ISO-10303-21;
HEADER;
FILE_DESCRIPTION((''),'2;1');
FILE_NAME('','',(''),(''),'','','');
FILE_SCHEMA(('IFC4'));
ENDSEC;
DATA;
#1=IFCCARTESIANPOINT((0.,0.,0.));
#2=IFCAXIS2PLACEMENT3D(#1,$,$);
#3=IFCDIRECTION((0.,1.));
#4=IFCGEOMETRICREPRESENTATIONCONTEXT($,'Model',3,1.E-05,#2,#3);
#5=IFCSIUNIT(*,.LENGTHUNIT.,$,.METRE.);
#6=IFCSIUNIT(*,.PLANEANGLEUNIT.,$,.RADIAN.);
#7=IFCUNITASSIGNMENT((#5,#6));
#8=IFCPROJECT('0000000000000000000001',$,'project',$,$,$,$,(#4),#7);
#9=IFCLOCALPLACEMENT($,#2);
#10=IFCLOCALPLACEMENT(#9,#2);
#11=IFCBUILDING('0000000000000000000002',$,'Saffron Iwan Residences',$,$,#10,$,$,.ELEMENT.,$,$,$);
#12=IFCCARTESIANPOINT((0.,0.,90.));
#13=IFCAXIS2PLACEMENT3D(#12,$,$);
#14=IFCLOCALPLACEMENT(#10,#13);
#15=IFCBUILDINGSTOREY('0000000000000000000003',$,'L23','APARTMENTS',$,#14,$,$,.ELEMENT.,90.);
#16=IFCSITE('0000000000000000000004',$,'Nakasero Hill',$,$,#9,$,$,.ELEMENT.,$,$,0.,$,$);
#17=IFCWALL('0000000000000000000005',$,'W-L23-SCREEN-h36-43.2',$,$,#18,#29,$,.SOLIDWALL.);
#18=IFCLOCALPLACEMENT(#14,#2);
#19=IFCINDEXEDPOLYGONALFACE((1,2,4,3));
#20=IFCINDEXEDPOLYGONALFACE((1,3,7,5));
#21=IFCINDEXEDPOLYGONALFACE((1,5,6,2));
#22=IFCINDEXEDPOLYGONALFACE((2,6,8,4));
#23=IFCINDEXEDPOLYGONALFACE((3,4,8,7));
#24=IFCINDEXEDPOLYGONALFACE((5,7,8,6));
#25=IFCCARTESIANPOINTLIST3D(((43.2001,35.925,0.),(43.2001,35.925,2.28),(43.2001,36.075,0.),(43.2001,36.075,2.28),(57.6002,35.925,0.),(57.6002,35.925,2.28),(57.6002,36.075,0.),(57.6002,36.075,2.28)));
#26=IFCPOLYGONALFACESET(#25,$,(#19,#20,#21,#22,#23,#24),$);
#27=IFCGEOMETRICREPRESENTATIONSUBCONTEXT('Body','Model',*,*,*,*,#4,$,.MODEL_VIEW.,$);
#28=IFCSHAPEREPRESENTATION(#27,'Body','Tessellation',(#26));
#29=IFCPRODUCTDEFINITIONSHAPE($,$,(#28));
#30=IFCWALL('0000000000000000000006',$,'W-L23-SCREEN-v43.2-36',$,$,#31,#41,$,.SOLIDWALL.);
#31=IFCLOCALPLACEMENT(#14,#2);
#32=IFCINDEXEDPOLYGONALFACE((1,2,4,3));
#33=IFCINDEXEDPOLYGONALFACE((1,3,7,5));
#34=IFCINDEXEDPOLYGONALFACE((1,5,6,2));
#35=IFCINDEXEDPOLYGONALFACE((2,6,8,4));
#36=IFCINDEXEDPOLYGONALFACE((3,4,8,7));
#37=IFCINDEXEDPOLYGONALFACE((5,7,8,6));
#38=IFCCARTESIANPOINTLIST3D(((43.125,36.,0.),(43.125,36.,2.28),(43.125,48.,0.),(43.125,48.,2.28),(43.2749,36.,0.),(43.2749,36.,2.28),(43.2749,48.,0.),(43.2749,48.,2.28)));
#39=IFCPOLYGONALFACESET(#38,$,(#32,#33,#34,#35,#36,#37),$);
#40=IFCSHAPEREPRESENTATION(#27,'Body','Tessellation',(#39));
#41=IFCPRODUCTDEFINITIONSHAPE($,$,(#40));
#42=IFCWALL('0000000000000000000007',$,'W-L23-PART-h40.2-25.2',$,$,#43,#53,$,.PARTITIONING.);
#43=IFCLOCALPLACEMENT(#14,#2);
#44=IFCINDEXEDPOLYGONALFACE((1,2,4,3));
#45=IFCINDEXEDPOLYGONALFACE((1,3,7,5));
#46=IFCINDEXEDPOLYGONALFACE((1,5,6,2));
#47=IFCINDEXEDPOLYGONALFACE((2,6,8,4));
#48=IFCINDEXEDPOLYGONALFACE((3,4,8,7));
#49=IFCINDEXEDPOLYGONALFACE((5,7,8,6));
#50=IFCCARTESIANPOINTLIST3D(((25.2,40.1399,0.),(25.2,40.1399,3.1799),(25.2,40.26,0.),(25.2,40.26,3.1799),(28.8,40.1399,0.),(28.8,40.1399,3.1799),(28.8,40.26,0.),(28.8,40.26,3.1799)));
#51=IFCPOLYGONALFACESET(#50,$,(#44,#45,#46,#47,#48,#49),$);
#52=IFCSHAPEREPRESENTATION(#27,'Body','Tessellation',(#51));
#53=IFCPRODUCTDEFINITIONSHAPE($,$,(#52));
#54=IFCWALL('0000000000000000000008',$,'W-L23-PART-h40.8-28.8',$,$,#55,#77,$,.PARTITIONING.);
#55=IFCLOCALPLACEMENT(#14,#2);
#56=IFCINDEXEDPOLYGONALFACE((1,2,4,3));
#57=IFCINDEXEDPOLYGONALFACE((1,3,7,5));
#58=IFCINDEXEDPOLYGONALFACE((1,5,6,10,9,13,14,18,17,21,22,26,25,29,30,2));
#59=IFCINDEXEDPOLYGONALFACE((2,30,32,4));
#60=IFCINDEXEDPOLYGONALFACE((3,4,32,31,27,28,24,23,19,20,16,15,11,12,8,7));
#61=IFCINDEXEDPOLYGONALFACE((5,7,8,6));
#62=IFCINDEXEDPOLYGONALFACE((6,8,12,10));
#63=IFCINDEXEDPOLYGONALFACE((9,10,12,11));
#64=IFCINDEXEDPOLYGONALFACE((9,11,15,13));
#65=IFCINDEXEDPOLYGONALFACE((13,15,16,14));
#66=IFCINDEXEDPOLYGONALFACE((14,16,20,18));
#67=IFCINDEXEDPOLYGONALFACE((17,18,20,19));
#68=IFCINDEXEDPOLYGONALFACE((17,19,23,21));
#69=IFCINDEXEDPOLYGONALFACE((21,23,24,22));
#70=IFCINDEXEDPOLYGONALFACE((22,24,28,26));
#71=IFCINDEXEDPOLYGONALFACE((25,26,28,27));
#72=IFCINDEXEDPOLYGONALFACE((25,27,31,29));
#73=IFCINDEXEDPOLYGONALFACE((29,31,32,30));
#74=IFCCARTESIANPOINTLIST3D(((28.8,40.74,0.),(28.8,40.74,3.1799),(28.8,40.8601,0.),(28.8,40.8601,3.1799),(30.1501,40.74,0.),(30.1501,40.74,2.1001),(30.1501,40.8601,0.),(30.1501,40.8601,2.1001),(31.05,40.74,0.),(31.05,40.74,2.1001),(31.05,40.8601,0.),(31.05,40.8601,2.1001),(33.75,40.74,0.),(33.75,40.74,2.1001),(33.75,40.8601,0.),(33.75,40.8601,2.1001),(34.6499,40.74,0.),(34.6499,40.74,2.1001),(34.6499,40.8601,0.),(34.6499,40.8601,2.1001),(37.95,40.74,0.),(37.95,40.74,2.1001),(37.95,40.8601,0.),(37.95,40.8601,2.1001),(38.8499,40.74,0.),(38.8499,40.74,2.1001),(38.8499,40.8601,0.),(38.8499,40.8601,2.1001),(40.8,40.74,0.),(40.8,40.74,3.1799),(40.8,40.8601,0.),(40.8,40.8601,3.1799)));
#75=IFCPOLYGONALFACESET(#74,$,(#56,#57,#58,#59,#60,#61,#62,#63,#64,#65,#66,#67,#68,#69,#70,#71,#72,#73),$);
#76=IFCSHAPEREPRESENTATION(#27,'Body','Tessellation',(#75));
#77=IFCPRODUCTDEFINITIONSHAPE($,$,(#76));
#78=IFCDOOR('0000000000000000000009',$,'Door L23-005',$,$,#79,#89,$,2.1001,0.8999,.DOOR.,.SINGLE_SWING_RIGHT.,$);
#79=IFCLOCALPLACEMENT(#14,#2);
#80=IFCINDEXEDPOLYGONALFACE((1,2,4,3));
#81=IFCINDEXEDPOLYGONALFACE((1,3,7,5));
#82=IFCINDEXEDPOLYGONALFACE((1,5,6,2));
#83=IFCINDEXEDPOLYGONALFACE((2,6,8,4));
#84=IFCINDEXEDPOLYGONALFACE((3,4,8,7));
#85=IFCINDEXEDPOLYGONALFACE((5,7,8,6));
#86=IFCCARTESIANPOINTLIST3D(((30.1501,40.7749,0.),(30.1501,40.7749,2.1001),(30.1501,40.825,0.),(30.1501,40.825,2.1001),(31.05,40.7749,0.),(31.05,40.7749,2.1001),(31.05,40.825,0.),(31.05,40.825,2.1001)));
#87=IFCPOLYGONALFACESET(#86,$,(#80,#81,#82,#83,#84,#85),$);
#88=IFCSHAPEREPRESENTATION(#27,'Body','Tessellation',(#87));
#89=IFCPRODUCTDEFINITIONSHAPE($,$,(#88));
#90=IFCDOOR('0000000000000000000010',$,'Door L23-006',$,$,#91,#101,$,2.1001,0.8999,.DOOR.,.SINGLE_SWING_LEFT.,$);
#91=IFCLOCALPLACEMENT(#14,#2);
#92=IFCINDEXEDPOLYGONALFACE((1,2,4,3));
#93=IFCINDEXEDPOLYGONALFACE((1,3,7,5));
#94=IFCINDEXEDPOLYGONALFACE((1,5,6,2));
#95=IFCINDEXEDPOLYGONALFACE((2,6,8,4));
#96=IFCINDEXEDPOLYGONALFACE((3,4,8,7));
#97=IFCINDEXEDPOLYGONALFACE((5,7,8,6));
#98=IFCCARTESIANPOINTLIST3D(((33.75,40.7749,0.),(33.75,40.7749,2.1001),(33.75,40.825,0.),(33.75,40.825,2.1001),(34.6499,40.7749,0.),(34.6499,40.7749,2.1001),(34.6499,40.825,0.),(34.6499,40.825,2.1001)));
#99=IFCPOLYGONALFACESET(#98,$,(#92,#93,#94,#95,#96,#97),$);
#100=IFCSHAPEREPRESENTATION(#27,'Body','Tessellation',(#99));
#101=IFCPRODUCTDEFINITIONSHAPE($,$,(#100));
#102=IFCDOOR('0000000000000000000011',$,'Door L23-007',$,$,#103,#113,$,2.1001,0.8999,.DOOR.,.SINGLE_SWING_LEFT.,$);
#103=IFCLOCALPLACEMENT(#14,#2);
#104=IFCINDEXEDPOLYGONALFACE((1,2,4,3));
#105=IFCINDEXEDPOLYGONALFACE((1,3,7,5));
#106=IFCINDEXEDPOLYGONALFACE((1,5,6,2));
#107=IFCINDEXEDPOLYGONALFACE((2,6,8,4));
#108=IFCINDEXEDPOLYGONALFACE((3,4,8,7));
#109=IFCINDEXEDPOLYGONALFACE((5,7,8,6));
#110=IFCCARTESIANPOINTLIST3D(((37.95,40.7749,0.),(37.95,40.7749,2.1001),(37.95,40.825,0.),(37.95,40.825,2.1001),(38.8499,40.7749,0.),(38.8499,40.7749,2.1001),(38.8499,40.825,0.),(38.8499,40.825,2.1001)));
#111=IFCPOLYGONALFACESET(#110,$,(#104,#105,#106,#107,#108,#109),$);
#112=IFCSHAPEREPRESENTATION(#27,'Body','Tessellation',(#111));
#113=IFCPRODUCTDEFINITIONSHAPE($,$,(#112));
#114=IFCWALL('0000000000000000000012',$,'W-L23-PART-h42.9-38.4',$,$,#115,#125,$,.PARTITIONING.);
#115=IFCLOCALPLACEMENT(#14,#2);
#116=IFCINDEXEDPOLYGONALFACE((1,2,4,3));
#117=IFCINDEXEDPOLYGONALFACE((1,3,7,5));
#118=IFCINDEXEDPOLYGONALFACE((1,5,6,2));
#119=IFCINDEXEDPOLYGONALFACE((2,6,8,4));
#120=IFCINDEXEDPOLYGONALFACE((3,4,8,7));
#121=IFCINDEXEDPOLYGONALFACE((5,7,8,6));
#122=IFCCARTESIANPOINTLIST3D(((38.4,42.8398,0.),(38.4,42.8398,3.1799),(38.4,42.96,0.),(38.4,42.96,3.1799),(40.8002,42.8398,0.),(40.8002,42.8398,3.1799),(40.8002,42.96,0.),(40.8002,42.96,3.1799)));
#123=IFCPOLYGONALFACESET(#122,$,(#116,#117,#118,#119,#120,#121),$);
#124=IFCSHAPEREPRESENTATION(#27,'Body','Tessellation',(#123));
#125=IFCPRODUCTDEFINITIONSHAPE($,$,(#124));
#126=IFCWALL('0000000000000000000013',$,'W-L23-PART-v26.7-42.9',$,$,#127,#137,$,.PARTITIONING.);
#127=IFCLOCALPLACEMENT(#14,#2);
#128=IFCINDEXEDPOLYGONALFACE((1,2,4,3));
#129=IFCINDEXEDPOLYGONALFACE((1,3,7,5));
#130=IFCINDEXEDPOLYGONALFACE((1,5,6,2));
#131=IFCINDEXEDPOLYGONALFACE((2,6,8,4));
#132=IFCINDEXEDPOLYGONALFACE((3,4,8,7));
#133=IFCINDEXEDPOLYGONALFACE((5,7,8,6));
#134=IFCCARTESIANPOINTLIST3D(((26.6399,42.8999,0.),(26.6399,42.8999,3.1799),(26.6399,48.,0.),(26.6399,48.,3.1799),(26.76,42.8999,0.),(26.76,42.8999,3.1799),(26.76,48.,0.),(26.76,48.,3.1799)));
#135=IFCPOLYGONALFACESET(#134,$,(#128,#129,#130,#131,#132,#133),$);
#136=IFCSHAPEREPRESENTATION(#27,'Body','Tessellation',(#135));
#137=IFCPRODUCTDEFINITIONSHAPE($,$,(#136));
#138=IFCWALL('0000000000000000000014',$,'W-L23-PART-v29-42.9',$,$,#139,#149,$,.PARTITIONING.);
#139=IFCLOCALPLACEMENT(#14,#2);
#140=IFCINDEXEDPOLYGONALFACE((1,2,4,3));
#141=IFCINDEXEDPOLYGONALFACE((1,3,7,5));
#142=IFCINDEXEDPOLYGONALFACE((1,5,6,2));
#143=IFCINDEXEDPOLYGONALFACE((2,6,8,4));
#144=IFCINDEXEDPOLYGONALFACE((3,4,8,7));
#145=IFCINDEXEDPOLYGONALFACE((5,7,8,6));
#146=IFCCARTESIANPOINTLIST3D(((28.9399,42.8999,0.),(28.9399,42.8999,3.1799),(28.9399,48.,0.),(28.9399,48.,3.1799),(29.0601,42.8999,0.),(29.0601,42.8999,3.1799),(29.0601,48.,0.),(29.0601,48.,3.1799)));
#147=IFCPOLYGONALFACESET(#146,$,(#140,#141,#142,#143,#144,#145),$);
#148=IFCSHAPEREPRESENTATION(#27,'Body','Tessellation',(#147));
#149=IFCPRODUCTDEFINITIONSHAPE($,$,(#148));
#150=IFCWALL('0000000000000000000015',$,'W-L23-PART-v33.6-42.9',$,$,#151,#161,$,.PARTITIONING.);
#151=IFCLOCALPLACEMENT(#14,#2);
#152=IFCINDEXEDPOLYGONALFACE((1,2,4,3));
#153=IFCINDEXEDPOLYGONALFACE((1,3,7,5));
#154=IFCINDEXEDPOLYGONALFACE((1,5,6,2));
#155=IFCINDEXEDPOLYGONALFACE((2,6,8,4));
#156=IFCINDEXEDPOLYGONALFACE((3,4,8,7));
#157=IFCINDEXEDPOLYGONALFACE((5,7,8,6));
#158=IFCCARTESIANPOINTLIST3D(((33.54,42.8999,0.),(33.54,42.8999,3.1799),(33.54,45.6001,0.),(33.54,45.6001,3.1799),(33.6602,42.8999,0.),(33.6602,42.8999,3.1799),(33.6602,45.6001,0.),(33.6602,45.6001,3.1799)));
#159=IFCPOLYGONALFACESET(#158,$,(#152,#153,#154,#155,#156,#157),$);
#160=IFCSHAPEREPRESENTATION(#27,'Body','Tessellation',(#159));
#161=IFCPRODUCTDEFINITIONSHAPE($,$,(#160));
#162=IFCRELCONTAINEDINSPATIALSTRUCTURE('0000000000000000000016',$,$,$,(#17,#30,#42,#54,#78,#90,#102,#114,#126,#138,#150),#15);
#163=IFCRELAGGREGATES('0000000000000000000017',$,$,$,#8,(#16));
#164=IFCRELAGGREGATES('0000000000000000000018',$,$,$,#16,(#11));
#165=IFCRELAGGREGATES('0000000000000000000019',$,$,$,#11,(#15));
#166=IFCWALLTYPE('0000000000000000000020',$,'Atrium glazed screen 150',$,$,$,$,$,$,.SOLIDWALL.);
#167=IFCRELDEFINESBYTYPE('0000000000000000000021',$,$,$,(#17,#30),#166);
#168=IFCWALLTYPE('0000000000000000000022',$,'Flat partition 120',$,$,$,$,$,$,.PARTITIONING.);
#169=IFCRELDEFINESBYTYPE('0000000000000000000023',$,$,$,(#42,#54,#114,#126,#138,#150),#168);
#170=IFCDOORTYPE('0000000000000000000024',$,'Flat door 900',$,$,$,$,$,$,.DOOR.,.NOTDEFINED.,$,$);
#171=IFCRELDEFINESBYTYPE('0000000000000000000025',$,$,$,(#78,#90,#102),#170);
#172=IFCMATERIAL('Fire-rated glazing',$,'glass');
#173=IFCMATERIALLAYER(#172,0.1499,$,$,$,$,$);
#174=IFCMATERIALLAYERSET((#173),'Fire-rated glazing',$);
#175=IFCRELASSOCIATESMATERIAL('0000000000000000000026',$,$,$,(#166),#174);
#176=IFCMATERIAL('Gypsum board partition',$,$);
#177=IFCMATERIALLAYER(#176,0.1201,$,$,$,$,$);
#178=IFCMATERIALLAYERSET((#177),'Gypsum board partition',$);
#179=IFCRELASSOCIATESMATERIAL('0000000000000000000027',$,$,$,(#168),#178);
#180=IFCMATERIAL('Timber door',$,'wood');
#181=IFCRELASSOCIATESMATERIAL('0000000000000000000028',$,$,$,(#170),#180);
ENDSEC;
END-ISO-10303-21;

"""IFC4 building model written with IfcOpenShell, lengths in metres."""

from ifc_helpers import new_model, si_unit, direction, frame, frame_2d, origin, place, context, subcontext, project, spatial, rectangle, extrude, material, layer, layer_set, type_object, element, fill, save


model = new_model("IFC4")

# Units and contexts
model_context = context("Model", 3, precision=1e-05, world=origin(), true_north=direction((0.0, 1.0)))
body_context = subcontext(model_context, "Body", "Model", "MODEL_VIEW")
ifc_project = project(units=[si_unit("LENGTHUNIT", "METRE"), si_unit("PLANEANGLEUNIT", "RADIAN")], contexts=[model_context])

# Site, building, storey
site_placement = place(None, origin())
site = spatial("IfcSite", under=ifc_project, at=site_placement, Name="Nakasero Hill", CompositionType="ELEMENT", RefElevation=0.0)
building_placement = place(site_placement, origin())
building = spatial("IfcBuilding", under=site, at=building_placement, Name="Saffron Iwan Residences", CompositionType="ELEMENT")
storey_placement = place(building_placement, frame((0.0, 0.0, 90.0)))
storey = spatial("IfcBuildingStorey", under=building, at=storey_placement, Name="L23", Description="APARTMENTS", CompositionType="ELEMENT", Elevation=90.0)

# Walls
ifc_material_1 = material(Name="Fire-rated glazing", Category="glass")
ifc_layer_1 = layer(ifc_material_1, 0.1499)
ifc_layer_set_1 = layer_set([ifc_layer_1], Name="Fire-rated glazing")
wall_type_1 = type_object("IfcWallType", Name="Atrium glazed screen 150", PredefinedType="SOLIDWALL", material=ifc_layer_set_1)
wall_1_placement = place(storey_placement, frame((43.2, 36.0, 0.0), z_axis=(0.0, 0.0, 1.0), x_axis=(1.0, 0.0, 0.0)))
element("IfcWall", 1, at=wall_1_placement, inside=storey, type_object=wall_type_1, Name="W-L23-SCREEN-h36-43.2", PredefinedType="SOLIDWALL", context=body_context, shape_type="SweptSolid", body=[
    extrude(rectangle(XDim=14.4001, YDim=0.1499, at=frame_2d((7.2002, 0.0))), origin(), (0.0, 0.0, 1.0), 2.28),
])
wall_2_placement = place(storey_placement, frame((43.2, 36.0, 0.0), z_axis=(0.0, 0.0, 1.0), x_axis=(0.0, 1.0, 0.0)))
element("IfcWall", 2, at=wall_2_placement, inside=storey, type_object=wall_type_1, Name="W-L23-SCREEN-v43.2-36", PredefinedType="SOLIDWALL", context=body_context, shape_type="SweptSolid", body=[
    extrude(rectangle(XDim=12.0, YDim=0.1499, at=frame_2d((6.0, 0.0))), origin(), (0.0, 0.0, 1.0), 2.28),
])
ifc_material_2 = material(Name="Gypsum board partition")
ifc_layer_2 = layer(ifc_material_2, 0.1201)
ifc_layer_set_2 = layer_set([ifc_layer_2], Name="Gypsum board partition")
wall_type_2 = type_object("IfcWallType", Name="Flat partition 120", PredefinedType="PARTITIONING", material=ifc_layer_set_2)
wall_3_placement = place(storey_placement, frame((25.2, 40.2, 0.0), z_axis=(0.0, 0.0, 1.0), x_axis=(1.0, 0.0, 0.0)))
element("IfcWall", 3, at=wall_3_placement, inside=storey, type_object=wall_type_2, Name="W-L23-PART-h40.2-25.2", PredefinedType="PARTITIONING", context=body_context, shape_type="SweptSolid", body=[
    extrude(rectangle(XDim=3.6001, YDim=0.1201, at=frame_2d((1.8, 0.0))), origin(), (0.0, 0.0, 1.0), 3.1799),
])

# Wall, openings, doors
wall_4_placement = place(storey_placement, frame((28.8, 40.8, 0.0), z_axis=(0.0, 0.0, 1.0), x_axis=(1.0, 0.0, 0.0)))
wall_4 = element("IfcWall", 4, at=wall_4_placement, inside=storey, type_object=wall_type_2, Name="W-L23-PART-h40.8-28.8", PredefinedType="PARTITIONING", context=body_context, shape_type="SweptSolid", body=[
    extrude(rectangle(XDim=12.0, YDim=0.1201, at=frame_2d((6.0, 0.0))), origin(), (0.0, 0.0, 1.0), 3.1799),
])
opening_1_placement = place(wall_4_placement, frame((1.3501, 0.0, 0.0)))
opening_1 = element("IfcOpeningElement", 5, at=opening_1_placement, cuts=wall_4, PredefinedType="OPENING", context=body_context, shape_type="SweptSolid", body=[
    extrude(rectangle(XDim=0.8999, YDim=2.1001, at=frame_2d((0.45, 1.05))), frame((0.0, 0.0701, 0.0), z_axis=(0.0, -1.0, 0.0), x_axis=(1.0, 0.0, 0.0)), (0.0, 0.0, 1.0), 0.1401),
])
opening_2_placement = place(wall_4_placement, frame((4.95, 0.0, 0.0)))
opening_2 = element("IfcOpeningElement", 6, at=opening_2_placement, cuts=wall_4, PredefinedType="OPENING", context=body_context, shape_type="SweptSolid", body=[
    extrude(rectangle(XDim=0.8999, YDim=2.1001, at=frame_2d((0.45, 1.05))), frame((0.0, 0.0701, 0.0), z_axis=(0.0, -1.0, 0.0), x_axis=(1.0, 0.0, 0.0)), (0.0, 0.0, 1.0), 0.1401),
])
opening_3_placement = place(wall_4_placement, frame((9.1499, 0.0, 0.0)))
opening_3 = element("IfcOpeningElement", 7, at=opening_3_placement, cuts=wall_4, PredefinedType="OPENING", context=body_context, shape_type="SweptSolid", body=[
    extrude(rectangle(XDim=0.8999, YDim=2.1001, at=frame_2d((0.45, 1.05))), frame((0.0, 0.0701, 0.0), z_axis=(0.0, -1.0, 0.0), x_axis=(1.0, 0.0, 0.0)), (0.0, 0.0, 1.0), 0.1401),
])
ifc_material_3 = material(Name="Timber door", Category="wood")
door_type_1 = type_object("IfcDoorType", Name="Flat door 900", OperationType="NOTDEFINED", PredefinedType="DOOR", material=ifc_material_3)
door_1_placement = place(opening_1_placement, origin())
door_1 = element("IfcDoor", 8, at=door_1_placement, inside=storey, type_object=door_type_1, Name="Door L23-005", OperationType="SINGLE_SWING_RIGHT", OverallHeight=2.1001, OverallWidth=0.8999, PredefinedType="DOOR", context=body_context, shape_type="SweptSolid", body=[
    extrude(rectangle(XDim=0.8999, YDim=2.1001, at=frame_2d((0.45, 1.05))), frame((0.0, 0.0249, 0.0), z_axis=(0.0, -1.0, 0.0), x_axis=(1.0, 0.0, 0.0)), (0.0, 0.0, 1.0), 0.05),
])
fill(opening_1, door_1)
door_2_placement = place(opening_2_placement, origin())
door_2 = element("IfcDoor", 9, at=door_2_placement, inside=storey, type_object=door_type_1, Name="Door L23-006", OperationType="SINGLE_SWING_LEFT", OverallHeight=2.1001, OverallWidth=0.8999, PredefinedType="DOOR", context=body_context, shape_type="SweptSolid", body=[
    extrude(rectangle(XDim=0.8999, YDim=2.1001, at=frame_2d((0.45, 1.05))), frame((0.0, 0.0249, 0.0), z_axis=(0.0, -1.0, 0.0), x_axis=(1.0, 0.0, 0.0)), (0.0, 0.0, 1.0), 0.05),
])
fill(opening_2, door_2)
door_3_placement = place(opening_3_placement, origin())
door_3 = element("IfcDoor", 10, at=door_3_placement, inside=storey, type_object=door_type_1, Name="Door L23-007", OperationType="SINGLE_SWING_LEFT", OverallHeight=2.1001, OverallWidth=0.8999, PredefinedType="DOOR", context=body_context, shape_type="SweptSolid", body=[
    extrude(rectangle(XDim=0.8999, YDim=2.1001, at=frame_2d((0.45, 1.05))), frame((0.0, 0.0249, 0.0), z_axis=(0.0, -1.0, 0.0), x_axis=(1.0, 0.0, 0.0)), (0.0, 0.0, 1.0), 0.05),
])
fill(opening_3, door_3)

# Walls
wall_5_placement = place(storey_placement, frame((38.3999, 42.8999, 0.0), z_axis=(0.0, 0.0, 1.0), x_axis=(1.0, 0.0, 0.0)))
element("IfcWall", 11, at=wall_5_placement, inside=storey, type_object=wall_type_2, Name="W-L23-PART-h42.9-38.4", PredefinedType="PARTITIONING", context=body_context, shape_type="SweptSolid", body=[
    extrude(rectangle(XDim=2.4001, YDim=0.1201, at=frame_2d((1.2002, 0.0))), origin(), (0.0, 0.0, 1.0), 3.1799),
])
for number, where, z_axis, x_axis, name in (
    (12, (26.7, 42.8999, 0.0), (0.0, 0.0, 1.0), (0.0, 1.0, 0.0), "W-L23-PART-v26.7-42.9"),
    (13, (29.0, 42.8999, 0.0), (0.0, 0.0, 1.0), (0.0, 1.0, 0.0), "W-L23-PART-v29-42.9"),
):
    element("IfcWall", number, at=place(storey_placement, frame(where, z_axis=z_axis, x_axis=x_axis)), inside=storey, type_object=wall_type_2, Name=name, PredefinedType="PARTITIONING", context=body_context, shape_type="SweptSolid", body=[
        extrude(rectangle(XDim=5.1001, YDim=0.1201, at=frame_2d((2.55, 0.0))), origin(), (0.0, 0.0, 1.0), 3.1799),
    ])
wall_6_placement = place(storey_placement, frame((33.6001, 42.8999, 0.0), z_axis=(0.0, 0.0, 1.0), x_axis=(0.0, 1.0, 0.0)))
element("IfcWall", 14, at=wall_6_placement, inside=storey, type_object=wall_type_2, Name="W-L23-PART-v33.6-42.9", PredefinedType="PARTITIONING", context=body_context, shape_type="SweptSolid", body=[
    extrude(rectangle(XDim=2.7002, YDim=0.1201, at=frame_2d((1.3501, 0.0))), origin(), (0.0, 0.0, 1.0), 3.1799),
])

save(model, "model.ifc")
